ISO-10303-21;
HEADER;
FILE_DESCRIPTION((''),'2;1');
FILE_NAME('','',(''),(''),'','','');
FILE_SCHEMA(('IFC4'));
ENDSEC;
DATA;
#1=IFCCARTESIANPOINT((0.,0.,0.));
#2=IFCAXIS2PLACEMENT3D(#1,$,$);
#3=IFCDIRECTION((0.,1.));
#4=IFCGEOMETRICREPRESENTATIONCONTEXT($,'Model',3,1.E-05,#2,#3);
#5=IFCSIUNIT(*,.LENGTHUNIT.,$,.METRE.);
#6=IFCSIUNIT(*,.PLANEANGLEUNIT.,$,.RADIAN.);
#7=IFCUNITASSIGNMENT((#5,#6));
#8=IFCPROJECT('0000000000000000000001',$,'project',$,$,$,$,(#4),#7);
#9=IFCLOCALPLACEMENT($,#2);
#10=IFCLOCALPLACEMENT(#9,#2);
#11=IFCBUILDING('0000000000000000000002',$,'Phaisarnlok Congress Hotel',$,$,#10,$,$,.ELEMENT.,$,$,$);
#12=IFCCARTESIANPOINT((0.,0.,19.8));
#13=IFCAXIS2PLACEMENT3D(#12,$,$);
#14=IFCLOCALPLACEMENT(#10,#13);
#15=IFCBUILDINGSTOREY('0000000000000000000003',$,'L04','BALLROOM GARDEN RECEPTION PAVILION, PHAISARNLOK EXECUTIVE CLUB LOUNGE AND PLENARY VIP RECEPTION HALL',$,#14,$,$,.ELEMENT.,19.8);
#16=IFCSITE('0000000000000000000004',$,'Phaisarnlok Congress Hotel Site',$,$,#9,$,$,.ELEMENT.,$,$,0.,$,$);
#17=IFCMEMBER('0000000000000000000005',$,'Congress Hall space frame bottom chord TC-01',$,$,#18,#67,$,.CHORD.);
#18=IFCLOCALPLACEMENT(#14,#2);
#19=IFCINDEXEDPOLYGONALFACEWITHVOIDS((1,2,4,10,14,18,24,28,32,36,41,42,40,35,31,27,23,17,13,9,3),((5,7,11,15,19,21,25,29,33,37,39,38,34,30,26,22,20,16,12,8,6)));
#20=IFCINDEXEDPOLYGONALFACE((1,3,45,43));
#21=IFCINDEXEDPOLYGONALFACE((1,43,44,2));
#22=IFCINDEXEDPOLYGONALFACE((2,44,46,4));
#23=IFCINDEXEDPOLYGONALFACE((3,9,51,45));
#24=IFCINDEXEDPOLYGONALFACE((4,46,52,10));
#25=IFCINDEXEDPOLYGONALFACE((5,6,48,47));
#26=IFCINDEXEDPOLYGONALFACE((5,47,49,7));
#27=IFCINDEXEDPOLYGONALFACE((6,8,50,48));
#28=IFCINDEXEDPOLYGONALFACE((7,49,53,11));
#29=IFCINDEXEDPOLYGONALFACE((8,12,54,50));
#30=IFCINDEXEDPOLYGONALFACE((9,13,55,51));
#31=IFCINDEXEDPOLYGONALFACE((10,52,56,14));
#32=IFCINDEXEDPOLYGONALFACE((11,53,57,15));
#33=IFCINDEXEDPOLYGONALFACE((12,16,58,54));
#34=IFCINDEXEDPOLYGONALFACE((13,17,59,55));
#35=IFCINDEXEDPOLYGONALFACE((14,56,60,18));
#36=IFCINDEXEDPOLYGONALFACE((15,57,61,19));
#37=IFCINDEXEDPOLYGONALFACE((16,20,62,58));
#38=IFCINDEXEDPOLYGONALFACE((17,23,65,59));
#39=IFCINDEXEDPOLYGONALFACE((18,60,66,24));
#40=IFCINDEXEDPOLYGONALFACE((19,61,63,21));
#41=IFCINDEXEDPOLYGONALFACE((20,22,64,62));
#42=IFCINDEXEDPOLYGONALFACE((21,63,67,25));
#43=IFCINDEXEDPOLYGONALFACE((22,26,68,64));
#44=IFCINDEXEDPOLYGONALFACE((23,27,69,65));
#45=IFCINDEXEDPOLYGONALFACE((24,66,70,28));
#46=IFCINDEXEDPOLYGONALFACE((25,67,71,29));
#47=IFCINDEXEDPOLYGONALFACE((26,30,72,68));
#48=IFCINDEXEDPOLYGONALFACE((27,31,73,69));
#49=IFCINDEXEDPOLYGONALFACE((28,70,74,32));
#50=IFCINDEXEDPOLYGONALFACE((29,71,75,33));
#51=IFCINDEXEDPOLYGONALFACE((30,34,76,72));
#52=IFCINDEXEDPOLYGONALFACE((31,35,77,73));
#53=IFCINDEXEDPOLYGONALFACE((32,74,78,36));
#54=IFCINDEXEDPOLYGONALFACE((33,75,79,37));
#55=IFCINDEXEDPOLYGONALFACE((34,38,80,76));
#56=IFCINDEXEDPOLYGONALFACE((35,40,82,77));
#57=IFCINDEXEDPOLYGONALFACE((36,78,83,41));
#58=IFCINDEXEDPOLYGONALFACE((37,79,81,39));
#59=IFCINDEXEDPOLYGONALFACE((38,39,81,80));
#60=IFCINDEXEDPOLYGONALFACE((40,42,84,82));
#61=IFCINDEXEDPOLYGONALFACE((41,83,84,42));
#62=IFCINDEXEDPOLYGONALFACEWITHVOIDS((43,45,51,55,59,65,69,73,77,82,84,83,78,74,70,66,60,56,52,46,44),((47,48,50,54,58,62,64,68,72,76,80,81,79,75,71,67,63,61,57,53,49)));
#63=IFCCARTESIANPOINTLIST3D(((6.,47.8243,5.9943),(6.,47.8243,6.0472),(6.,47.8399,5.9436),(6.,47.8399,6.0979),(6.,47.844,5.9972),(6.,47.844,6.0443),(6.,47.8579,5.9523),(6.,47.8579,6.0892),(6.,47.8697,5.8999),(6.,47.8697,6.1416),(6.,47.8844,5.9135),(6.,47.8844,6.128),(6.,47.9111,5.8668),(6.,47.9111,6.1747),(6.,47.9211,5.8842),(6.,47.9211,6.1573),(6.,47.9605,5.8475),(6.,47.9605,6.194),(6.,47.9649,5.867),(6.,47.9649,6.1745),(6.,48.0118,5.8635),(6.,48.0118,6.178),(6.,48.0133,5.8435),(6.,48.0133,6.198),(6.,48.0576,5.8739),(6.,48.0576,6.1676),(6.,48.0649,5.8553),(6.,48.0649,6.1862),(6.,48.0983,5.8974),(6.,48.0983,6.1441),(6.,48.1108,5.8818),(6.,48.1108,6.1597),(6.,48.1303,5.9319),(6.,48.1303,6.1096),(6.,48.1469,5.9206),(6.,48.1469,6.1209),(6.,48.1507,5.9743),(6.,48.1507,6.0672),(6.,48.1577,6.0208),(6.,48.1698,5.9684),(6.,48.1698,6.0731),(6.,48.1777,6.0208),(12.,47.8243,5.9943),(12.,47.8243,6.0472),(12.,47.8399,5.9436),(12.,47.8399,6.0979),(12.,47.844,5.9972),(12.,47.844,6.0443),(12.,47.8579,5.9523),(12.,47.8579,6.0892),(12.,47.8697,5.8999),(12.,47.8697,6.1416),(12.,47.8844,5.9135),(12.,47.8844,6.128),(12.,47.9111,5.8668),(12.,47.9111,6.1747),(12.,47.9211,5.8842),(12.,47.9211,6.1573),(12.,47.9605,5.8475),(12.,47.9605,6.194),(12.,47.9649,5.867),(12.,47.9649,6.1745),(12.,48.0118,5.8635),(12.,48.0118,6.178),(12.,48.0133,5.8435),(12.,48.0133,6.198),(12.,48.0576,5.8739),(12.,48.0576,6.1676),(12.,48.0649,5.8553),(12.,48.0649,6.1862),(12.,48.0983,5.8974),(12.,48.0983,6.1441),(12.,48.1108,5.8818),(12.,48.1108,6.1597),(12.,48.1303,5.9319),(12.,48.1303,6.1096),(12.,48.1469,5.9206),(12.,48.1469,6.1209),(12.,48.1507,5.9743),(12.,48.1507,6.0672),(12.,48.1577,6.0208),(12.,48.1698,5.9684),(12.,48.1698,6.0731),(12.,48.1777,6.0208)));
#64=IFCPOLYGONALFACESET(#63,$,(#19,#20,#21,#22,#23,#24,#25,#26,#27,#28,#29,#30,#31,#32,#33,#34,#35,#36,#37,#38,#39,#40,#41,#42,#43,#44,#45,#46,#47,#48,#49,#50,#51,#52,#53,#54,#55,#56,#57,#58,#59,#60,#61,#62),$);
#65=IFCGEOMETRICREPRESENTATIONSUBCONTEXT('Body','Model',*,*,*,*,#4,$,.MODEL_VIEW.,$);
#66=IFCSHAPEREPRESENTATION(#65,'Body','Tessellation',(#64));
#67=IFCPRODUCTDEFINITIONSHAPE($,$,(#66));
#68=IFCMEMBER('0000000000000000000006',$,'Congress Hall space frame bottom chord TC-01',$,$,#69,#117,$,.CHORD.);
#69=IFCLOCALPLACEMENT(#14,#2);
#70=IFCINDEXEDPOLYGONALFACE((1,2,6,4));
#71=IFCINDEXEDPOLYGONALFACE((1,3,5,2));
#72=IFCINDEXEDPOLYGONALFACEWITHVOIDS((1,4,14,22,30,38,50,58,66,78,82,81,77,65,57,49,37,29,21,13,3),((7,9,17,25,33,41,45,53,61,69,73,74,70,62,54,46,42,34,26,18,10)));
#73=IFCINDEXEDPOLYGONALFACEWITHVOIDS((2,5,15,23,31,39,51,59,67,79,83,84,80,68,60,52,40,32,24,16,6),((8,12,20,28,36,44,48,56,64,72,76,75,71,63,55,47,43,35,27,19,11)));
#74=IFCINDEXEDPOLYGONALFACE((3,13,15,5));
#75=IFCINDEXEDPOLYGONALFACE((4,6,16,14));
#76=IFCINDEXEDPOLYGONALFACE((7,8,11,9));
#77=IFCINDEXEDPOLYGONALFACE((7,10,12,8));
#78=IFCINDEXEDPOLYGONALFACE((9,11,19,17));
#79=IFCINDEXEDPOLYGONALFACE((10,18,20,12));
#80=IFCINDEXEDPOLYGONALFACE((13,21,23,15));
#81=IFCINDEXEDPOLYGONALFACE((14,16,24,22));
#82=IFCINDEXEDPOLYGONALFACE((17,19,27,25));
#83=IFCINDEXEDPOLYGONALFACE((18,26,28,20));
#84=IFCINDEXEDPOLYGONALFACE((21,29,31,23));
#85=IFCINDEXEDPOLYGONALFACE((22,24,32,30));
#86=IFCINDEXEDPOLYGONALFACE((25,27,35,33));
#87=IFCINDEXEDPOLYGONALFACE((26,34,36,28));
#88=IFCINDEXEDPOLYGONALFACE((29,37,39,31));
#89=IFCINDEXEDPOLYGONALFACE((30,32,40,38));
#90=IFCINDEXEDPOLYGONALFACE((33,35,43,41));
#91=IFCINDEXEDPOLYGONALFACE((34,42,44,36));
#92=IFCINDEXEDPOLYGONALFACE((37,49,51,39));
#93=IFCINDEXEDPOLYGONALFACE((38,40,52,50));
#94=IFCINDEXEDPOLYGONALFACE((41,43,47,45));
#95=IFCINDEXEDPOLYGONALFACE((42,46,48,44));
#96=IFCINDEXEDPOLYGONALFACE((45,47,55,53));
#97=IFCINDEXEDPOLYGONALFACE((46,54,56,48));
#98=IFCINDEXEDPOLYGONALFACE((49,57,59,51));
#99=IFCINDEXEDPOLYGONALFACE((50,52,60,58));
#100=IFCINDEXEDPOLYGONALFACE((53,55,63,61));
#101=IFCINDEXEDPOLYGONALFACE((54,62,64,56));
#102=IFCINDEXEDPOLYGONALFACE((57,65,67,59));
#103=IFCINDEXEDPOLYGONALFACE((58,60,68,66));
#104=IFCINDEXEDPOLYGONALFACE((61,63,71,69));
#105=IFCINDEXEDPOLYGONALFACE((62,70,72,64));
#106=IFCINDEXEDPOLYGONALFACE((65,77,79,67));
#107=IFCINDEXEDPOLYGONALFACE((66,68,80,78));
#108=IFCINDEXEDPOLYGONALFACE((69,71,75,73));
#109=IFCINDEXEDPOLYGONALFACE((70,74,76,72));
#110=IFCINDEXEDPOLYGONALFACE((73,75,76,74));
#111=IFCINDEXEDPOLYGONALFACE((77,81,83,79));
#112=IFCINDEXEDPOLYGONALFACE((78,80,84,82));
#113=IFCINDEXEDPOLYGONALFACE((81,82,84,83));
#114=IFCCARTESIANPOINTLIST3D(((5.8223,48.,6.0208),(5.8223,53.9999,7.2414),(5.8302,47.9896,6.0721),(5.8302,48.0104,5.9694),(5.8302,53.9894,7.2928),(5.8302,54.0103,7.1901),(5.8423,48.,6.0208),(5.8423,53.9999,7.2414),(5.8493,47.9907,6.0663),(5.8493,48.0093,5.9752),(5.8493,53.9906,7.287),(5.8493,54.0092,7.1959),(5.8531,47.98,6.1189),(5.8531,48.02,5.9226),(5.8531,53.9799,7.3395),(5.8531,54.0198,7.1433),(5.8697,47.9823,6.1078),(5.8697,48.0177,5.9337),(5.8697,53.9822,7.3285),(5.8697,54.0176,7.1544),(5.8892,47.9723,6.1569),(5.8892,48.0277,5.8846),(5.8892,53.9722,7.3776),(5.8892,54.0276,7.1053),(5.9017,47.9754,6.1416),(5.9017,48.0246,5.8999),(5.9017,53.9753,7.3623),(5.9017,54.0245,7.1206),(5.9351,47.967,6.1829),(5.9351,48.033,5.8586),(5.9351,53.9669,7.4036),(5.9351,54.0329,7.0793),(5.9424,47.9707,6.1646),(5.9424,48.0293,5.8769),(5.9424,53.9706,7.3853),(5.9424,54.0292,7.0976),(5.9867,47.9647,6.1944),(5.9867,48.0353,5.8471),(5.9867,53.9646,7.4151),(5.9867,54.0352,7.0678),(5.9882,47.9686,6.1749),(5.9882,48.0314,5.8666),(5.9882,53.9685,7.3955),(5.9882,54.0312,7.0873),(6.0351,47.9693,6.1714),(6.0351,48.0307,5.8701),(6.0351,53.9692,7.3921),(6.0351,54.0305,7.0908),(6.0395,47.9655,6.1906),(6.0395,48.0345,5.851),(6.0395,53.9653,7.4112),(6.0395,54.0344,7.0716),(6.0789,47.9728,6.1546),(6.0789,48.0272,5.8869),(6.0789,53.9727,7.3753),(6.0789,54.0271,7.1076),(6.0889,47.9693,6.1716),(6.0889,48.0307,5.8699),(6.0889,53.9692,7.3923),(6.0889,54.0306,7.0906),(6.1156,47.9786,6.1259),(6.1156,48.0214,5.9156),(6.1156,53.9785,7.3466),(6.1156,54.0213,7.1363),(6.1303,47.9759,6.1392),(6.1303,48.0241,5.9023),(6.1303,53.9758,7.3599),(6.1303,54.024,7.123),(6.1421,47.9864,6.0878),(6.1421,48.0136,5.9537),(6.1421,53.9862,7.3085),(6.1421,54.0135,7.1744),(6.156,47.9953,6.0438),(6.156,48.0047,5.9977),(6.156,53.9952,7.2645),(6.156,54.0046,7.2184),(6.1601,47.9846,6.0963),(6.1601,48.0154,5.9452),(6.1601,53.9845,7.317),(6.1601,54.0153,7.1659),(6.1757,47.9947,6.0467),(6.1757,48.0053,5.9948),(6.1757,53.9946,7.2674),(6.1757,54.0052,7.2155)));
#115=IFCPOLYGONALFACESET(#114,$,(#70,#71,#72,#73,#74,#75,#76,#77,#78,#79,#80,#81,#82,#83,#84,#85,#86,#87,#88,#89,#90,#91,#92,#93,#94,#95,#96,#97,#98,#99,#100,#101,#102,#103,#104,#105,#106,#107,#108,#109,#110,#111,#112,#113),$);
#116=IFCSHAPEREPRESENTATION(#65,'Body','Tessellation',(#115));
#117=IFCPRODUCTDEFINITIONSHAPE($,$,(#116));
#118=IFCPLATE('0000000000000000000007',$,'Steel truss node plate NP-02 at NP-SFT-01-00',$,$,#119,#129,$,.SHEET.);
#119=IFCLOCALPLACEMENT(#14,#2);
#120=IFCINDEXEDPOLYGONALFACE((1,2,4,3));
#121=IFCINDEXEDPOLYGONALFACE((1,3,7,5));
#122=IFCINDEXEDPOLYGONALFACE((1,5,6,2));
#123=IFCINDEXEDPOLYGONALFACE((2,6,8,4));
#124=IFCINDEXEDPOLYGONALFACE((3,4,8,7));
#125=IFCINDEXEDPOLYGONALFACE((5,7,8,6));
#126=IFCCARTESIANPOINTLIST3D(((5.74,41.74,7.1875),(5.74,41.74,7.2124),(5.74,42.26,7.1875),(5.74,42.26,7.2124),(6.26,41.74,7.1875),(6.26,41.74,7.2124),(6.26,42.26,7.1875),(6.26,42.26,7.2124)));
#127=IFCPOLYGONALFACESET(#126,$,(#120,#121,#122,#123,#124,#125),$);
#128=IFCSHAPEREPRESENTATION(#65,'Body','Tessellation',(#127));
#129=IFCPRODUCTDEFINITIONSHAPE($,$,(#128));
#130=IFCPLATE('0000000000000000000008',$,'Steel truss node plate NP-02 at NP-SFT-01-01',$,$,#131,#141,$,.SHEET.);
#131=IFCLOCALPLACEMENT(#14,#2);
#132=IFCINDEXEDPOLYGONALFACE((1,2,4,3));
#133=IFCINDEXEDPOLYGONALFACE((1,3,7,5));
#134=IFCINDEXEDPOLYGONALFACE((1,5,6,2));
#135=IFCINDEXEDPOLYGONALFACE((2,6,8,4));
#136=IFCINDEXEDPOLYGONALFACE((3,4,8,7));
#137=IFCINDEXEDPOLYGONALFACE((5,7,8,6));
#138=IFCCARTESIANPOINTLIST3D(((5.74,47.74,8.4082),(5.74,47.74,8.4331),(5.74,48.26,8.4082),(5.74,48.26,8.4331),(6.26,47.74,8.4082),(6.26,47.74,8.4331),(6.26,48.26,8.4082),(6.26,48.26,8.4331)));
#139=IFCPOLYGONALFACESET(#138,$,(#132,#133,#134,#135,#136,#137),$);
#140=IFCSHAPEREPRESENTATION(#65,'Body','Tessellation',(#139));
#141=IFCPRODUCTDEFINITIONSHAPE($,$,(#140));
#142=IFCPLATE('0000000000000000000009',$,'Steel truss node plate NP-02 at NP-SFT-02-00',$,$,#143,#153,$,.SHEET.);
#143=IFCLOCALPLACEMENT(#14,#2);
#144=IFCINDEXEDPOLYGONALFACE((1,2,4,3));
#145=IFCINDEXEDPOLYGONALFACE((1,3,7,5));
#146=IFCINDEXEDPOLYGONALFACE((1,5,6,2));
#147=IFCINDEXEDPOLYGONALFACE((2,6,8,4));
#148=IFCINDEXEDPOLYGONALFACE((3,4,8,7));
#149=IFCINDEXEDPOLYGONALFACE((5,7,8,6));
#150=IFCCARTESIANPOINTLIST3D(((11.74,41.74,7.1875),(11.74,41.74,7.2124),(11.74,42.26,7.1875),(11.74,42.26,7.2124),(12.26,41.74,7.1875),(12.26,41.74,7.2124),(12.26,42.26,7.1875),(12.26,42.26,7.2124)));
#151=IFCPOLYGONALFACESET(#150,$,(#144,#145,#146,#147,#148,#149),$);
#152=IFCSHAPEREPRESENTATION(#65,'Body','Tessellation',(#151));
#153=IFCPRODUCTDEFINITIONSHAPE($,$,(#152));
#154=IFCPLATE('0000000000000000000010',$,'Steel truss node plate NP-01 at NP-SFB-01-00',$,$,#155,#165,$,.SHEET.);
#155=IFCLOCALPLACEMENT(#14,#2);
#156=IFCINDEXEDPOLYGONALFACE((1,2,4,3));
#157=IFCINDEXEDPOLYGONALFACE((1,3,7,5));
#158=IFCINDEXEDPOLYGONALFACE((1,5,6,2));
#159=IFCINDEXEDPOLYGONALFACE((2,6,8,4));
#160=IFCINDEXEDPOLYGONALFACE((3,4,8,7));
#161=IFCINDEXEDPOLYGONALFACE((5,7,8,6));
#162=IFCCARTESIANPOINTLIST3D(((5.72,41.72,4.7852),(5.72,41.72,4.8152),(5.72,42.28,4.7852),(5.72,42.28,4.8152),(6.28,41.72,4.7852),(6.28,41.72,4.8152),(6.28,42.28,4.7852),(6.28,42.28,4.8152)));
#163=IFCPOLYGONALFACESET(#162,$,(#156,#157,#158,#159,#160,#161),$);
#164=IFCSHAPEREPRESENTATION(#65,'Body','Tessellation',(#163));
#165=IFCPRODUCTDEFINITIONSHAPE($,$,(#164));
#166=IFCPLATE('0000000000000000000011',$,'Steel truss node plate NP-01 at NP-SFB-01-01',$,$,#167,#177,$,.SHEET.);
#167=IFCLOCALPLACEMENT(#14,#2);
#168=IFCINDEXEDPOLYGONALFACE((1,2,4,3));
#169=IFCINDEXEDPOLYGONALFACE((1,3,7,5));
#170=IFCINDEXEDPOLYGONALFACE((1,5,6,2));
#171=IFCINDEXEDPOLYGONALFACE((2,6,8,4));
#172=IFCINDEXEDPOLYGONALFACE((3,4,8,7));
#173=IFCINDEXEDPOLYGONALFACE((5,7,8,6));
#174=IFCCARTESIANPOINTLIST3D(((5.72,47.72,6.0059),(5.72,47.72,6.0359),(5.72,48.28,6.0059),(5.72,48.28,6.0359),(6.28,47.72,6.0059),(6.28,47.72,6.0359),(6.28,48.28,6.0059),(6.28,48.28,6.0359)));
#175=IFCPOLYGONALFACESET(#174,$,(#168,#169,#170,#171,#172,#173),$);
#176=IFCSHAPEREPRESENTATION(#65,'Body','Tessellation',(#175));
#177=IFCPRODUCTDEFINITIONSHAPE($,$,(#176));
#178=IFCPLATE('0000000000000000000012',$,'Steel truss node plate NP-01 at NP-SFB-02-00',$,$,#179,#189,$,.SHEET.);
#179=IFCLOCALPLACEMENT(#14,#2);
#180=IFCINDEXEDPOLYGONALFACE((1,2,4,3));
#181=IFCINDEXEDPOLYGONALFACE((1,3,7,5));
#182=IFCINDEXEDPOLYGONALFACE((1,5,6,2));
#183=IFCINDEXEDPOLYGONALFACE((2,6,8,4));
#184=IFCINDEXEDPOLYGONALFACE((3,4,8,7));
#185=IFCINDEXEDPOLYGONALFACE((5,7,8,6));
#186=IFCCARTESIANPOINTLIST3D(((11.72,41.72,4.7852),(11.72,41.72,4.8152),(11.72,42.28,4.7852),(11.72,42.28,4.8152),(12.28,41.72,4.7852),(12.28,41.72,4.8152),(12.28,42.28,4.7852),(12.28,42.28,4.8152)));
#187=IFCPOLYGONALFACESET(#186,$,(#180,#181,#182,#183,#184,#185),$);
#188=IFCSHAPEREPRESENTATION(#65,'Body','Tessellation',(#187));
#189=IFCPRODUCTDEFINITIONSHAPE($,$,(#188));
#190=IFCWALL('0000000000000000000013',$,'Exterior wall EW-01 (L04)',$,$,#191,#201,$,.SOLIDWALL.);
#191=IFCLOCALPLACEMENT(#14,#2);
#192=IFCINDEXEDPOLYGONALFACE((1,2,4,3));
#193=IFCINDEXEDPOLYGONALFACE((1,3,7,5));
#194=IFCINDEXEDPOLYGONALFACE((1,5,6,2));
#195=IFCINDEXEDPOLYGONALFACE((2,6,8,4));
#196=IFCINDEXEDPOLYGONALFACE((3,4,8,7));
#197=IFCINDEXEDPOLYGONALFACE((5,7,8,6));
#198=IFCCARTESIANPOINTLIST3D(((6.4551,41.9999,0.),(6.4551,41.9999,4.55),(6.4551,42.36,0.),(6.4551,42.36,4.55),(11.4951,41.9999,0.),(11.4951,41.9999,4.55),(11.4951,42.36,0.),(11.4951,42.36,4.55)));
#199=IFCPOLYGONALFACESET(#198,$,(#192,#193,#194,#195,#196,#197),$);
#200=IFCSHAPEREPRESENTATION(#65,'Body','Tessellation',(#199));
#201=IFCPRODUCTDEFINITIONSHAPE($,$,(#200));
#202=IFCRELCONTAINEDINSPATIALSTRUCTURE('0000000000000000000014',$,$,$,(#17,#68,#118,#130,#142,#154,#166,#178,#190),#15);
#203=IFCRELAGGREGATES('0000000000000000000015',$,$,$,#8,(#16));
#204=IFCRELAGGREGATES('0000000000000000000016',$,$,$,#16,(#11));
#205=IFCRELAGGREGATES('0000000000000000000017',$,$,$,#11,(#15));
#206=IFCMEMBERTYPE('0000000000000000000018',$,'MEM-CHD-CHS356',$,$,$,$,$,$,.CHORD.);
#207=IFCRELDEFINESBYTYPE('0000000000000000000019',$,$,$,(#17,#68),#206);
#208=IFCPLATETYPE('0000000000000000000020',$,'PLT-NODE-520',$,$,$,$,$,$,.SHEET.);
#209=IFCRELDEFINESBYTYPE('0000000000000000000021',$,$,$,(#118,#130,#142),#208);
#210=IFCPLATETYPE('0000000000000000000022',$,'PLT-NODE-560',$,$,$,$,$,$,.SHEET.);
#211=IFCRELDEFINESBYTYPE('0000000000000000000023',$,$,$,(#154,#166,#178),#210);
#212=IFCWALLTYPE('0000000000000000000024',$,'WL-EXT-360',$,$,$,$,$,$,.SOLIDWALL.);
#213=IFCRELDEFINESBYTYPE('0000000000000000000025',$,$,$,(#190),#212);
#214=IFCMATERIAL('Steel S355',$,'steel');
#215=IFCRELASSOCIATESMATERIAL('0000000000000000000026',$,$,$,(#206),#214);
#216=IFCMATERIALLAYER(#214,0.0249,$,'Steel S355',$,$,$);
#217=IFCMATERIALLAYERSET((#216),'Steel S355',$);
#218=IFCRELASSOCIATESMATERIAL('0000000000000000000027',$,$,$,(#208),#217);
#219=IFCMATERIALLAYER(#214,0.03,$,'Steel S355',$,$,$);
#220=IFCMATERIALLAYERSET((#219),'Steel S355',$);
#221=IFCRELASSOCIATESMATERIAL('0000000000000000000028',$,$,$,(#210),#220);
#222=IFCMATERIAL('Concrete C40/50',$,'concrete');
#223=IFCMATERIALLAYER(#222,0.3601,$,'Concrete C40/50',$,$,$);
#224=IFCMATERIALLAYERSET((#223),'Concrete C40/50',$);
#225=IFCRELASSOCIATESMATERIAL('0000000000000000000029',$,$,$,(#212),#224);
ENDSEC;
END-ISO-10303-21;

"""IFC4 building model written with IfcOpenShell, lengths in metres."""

from ifc_helpers import new_model, si_unit, direction, frame, frame_2d, origin, origin_2d, place, context, subcontext, project, spatial, rectangle, hollow_circle, extrude, material, layer, layer_set, material_profile, profile_set, type_object, element, save


model = new_model("IFC4")

# Units and contexts
model_context = context("Model", 3, precision=1e-05, world=origin(), true_north=direction((0.0, 1.0)))
body_context = subcontext(model_context, "Body", "Model", "MODEL_VIEW")
ifc_project = project(units=[si_unit("LENGTHUNIT", "METRE"), si_unit("PLANEANGLEUNIT", "RADIAN")], contexts=[model_context])

# Site, building, storey
site_placement = place(None, origin())
site = spatial("IfcSite", under=ifc_project, at=site_placement, Name="Phaisarnlok Congress Hotel Site", CompositionType="ELEMENT", RefElevation=0.0)
building_placement = place(site_placement, origin())
building = spatial("IfcBuilding", under=site, at=building_placement, Name="Phaisarnlok Congress Hotel", CompositionType="ELEMENT")
storey_placement = place(building_placement, frame((0.0, 0.0, 19.8)))
storey = spatial("IfcBuildingStorey", under=building, at=storey_placement, Name="L04", Description="BALLROOM GARDEN RECEPTION PAVILION, PHAISARNLOK EXECUTIVE CLUB LOUNGE AND PLENARY VIP RECEPTION HALL", CompositionType="ELEMENT", Elevation=19.8)

# Members
ifc_material_1 = material(Name="Steel S355", Category="steel")
ifc_material_profile_1 = material_profile(ifc_material_1, hollow_circle(Radius=0.1777, WallThickness=0.02, at=origin_2d()), Name="CHS 355.6x20")
ifc_profile_set_1 = profile_set([ifc_material_profile_1], Name="Steel S355")
member_type_1 = type_object("IfcMemberType", Name="MEM-CHD-CHS356", PredefinedType="CHORD", material=ifc_profile_set_1)
member_1_placement = place(storey_placement, frame((6.0, 48.0, 6.0208), z_axis=(1.0, 0.0, 0.0), x_axis=(0.0, 1.0, 0.0)))
element("IfcMember", 1, at=member_1_placement, inside=storey, type_object=member_type_1, Name="Congress Hall space frame bottom chord TC-01", PredefinedType="CHORD", context=body_context, shape_type="SweptSolid", body=[
    extrude(hollow_circle(Radius=0.1777, WallThickness=0.02, at=origin_2d()), origin(), (0.0, 0.0, 1.0), 6.0),
])
member_2_placement = place(storey_placement, frame((6.0, 48.0, 6.0208), z_axis=(0.0, 0.979925, 0.199366), x_axis=(-1.0, 0.0, 0.0)))
element("IfcMember", 2, at=member_2_placement, inside=storey, type_object=member_type_1, Name="Congress Hall space frame bottom chord TC-01", PredefinedType="CHORD", context=body_context, shape_type="SweptSolid", body=[
    extrude(hollow_circle(Radius=0.1777, WallThickness=0.02, at=origin_2d()), origin(), (0.0, 0.0, 1.0), 6.1228),
])

# Plates
ifc_layer_1 = layer(ifc_material_1, 0.0249, Name="Steel S355")
ifc_layer_set_1 = layer_set([ifc_layer_1], Name="Steel S355")
plate_type_1 = type_object("IfcPlateType", Name="PLT-NODE-520", PredefinedType="SHEET", material=ifc_layer_set_1)
for number, where, z_axis, x_axis, name in (
    (3, (6.0, 42.0, 7.1875), (0.0, 0.0, 1.0), (1.0, 0.0, 0.0), "Steel truss node plate NP-02 at NP-SFT-01-00"),
    (4, (6.0, 48.0, 8.4082), (0.0, 0.0, 1.0), (1.0, 0.0, 0.0), "Steel truss node plate NP-02 at NP-SFT-01-01"),
    (5, (12.0, 42.0, 7.1875), (0.0, 0.0, 1.0), (1.0, 0.0, 0.0), "Steel truss node plate NP-02 at NP-SFT-02-00"),
):
    element("IfcPlate", number, at=place(storey_placement, frame(where, z_axis=z_axis, x_axis=x_axis)), inside=storey, type_object=plate_type_1, Name=name, PredefinedType="SHEET", context=body_context, shape_type="SweptSolid", body=[
        extrude(rectangle(XDim=0.52, YDim=0.52, at=origin_2d()), origin(), (0.0, 0.0, 1.0), 0.0249),
    ])
ifc_layer_2 = layer(ifc_material_1, 0.03, Name="Steel S355")
ifc_layer_set_2 = layer_set([ifc_layer_2], Name="Steel S355")
plate_type_2 = type_object("IfcPlateType", Name="PLT-NODE-560", PredefinedType="SHEET", material=ifc_layer_set_2)
for number, where, z_axis, x_axis, name in (
    (6, (6.0, 42.0, 4.7852), (0.0, 0.0, 1.0), (1.0, 0.0, 0.0), "Steel truss node plate NP-01 at NP-SFB-01-00"),
    (7, (6.0, 48.0, 6.0059), (0.0, 0.0, 1.0), (1.0, 0.0, 0.0), "Steel truss node plate NP-01 at NP-SFB-01-01"),
    (8, (12.0, 42.0, 4.7852), (0.0, 0.0, 1.0), (1.0, 0.0, 0.0), "Steel truss node plate NP-01 at NP-SFB-02-00"),
):
    element("IfcPlate", number, at=place(storey_placement, frame(where, z_axis=z_axis, x_axis=x_axis)), inside=storey, type_object=plate_type_2, Name=name, PredefinedType="SHEET", context=body_context, shape_type="SweptSolid", body=[
        extrude(rectangle(XDim=0.5601, YDim=0.5601, at=origin_2d()), origin(), (0.0, 0.0, 1.0), 0.03),
    ])

# Wall
ifc_material_2 = material(Name="Concrete C40/50", Category="concrete")
ifc_layer_3 = layer(ifc_material_2, 0.3601, Name="Concrete C40/50")
ifc_layer_set_3 = layer_set([ifc_layer_3], Name="Concrete C40/50")
wall_type_1 = type_object("IfcWallType", Name="WL-EXT-360", PredefinedType="SOLIDWALL", material=ifc_layer_set_3)
wall_1_placement = place(storey_placement, frame((6.4551, 42.1799, 0.0), z_axis=(0.0, 0.0, 1.0), x_axis=(1.0, 0.0, 0.0)))
element("IfcWall", 9, at=wall_1_placement, inside=storey, type_object=wall_type_1, Name="Exterior wall EW-01 (L04)", PredefinedType="SOLIDWALL", context=body_context, shape_type="SweptSolid", body=[
    extrude(rectangle(XDim=5.04, YDim=0.3601, at=frame_2d((2.52, 0.0))), origin(), (0.0, 0.0, 1.0), 4.55),
])

save(model, "model.ifc")
